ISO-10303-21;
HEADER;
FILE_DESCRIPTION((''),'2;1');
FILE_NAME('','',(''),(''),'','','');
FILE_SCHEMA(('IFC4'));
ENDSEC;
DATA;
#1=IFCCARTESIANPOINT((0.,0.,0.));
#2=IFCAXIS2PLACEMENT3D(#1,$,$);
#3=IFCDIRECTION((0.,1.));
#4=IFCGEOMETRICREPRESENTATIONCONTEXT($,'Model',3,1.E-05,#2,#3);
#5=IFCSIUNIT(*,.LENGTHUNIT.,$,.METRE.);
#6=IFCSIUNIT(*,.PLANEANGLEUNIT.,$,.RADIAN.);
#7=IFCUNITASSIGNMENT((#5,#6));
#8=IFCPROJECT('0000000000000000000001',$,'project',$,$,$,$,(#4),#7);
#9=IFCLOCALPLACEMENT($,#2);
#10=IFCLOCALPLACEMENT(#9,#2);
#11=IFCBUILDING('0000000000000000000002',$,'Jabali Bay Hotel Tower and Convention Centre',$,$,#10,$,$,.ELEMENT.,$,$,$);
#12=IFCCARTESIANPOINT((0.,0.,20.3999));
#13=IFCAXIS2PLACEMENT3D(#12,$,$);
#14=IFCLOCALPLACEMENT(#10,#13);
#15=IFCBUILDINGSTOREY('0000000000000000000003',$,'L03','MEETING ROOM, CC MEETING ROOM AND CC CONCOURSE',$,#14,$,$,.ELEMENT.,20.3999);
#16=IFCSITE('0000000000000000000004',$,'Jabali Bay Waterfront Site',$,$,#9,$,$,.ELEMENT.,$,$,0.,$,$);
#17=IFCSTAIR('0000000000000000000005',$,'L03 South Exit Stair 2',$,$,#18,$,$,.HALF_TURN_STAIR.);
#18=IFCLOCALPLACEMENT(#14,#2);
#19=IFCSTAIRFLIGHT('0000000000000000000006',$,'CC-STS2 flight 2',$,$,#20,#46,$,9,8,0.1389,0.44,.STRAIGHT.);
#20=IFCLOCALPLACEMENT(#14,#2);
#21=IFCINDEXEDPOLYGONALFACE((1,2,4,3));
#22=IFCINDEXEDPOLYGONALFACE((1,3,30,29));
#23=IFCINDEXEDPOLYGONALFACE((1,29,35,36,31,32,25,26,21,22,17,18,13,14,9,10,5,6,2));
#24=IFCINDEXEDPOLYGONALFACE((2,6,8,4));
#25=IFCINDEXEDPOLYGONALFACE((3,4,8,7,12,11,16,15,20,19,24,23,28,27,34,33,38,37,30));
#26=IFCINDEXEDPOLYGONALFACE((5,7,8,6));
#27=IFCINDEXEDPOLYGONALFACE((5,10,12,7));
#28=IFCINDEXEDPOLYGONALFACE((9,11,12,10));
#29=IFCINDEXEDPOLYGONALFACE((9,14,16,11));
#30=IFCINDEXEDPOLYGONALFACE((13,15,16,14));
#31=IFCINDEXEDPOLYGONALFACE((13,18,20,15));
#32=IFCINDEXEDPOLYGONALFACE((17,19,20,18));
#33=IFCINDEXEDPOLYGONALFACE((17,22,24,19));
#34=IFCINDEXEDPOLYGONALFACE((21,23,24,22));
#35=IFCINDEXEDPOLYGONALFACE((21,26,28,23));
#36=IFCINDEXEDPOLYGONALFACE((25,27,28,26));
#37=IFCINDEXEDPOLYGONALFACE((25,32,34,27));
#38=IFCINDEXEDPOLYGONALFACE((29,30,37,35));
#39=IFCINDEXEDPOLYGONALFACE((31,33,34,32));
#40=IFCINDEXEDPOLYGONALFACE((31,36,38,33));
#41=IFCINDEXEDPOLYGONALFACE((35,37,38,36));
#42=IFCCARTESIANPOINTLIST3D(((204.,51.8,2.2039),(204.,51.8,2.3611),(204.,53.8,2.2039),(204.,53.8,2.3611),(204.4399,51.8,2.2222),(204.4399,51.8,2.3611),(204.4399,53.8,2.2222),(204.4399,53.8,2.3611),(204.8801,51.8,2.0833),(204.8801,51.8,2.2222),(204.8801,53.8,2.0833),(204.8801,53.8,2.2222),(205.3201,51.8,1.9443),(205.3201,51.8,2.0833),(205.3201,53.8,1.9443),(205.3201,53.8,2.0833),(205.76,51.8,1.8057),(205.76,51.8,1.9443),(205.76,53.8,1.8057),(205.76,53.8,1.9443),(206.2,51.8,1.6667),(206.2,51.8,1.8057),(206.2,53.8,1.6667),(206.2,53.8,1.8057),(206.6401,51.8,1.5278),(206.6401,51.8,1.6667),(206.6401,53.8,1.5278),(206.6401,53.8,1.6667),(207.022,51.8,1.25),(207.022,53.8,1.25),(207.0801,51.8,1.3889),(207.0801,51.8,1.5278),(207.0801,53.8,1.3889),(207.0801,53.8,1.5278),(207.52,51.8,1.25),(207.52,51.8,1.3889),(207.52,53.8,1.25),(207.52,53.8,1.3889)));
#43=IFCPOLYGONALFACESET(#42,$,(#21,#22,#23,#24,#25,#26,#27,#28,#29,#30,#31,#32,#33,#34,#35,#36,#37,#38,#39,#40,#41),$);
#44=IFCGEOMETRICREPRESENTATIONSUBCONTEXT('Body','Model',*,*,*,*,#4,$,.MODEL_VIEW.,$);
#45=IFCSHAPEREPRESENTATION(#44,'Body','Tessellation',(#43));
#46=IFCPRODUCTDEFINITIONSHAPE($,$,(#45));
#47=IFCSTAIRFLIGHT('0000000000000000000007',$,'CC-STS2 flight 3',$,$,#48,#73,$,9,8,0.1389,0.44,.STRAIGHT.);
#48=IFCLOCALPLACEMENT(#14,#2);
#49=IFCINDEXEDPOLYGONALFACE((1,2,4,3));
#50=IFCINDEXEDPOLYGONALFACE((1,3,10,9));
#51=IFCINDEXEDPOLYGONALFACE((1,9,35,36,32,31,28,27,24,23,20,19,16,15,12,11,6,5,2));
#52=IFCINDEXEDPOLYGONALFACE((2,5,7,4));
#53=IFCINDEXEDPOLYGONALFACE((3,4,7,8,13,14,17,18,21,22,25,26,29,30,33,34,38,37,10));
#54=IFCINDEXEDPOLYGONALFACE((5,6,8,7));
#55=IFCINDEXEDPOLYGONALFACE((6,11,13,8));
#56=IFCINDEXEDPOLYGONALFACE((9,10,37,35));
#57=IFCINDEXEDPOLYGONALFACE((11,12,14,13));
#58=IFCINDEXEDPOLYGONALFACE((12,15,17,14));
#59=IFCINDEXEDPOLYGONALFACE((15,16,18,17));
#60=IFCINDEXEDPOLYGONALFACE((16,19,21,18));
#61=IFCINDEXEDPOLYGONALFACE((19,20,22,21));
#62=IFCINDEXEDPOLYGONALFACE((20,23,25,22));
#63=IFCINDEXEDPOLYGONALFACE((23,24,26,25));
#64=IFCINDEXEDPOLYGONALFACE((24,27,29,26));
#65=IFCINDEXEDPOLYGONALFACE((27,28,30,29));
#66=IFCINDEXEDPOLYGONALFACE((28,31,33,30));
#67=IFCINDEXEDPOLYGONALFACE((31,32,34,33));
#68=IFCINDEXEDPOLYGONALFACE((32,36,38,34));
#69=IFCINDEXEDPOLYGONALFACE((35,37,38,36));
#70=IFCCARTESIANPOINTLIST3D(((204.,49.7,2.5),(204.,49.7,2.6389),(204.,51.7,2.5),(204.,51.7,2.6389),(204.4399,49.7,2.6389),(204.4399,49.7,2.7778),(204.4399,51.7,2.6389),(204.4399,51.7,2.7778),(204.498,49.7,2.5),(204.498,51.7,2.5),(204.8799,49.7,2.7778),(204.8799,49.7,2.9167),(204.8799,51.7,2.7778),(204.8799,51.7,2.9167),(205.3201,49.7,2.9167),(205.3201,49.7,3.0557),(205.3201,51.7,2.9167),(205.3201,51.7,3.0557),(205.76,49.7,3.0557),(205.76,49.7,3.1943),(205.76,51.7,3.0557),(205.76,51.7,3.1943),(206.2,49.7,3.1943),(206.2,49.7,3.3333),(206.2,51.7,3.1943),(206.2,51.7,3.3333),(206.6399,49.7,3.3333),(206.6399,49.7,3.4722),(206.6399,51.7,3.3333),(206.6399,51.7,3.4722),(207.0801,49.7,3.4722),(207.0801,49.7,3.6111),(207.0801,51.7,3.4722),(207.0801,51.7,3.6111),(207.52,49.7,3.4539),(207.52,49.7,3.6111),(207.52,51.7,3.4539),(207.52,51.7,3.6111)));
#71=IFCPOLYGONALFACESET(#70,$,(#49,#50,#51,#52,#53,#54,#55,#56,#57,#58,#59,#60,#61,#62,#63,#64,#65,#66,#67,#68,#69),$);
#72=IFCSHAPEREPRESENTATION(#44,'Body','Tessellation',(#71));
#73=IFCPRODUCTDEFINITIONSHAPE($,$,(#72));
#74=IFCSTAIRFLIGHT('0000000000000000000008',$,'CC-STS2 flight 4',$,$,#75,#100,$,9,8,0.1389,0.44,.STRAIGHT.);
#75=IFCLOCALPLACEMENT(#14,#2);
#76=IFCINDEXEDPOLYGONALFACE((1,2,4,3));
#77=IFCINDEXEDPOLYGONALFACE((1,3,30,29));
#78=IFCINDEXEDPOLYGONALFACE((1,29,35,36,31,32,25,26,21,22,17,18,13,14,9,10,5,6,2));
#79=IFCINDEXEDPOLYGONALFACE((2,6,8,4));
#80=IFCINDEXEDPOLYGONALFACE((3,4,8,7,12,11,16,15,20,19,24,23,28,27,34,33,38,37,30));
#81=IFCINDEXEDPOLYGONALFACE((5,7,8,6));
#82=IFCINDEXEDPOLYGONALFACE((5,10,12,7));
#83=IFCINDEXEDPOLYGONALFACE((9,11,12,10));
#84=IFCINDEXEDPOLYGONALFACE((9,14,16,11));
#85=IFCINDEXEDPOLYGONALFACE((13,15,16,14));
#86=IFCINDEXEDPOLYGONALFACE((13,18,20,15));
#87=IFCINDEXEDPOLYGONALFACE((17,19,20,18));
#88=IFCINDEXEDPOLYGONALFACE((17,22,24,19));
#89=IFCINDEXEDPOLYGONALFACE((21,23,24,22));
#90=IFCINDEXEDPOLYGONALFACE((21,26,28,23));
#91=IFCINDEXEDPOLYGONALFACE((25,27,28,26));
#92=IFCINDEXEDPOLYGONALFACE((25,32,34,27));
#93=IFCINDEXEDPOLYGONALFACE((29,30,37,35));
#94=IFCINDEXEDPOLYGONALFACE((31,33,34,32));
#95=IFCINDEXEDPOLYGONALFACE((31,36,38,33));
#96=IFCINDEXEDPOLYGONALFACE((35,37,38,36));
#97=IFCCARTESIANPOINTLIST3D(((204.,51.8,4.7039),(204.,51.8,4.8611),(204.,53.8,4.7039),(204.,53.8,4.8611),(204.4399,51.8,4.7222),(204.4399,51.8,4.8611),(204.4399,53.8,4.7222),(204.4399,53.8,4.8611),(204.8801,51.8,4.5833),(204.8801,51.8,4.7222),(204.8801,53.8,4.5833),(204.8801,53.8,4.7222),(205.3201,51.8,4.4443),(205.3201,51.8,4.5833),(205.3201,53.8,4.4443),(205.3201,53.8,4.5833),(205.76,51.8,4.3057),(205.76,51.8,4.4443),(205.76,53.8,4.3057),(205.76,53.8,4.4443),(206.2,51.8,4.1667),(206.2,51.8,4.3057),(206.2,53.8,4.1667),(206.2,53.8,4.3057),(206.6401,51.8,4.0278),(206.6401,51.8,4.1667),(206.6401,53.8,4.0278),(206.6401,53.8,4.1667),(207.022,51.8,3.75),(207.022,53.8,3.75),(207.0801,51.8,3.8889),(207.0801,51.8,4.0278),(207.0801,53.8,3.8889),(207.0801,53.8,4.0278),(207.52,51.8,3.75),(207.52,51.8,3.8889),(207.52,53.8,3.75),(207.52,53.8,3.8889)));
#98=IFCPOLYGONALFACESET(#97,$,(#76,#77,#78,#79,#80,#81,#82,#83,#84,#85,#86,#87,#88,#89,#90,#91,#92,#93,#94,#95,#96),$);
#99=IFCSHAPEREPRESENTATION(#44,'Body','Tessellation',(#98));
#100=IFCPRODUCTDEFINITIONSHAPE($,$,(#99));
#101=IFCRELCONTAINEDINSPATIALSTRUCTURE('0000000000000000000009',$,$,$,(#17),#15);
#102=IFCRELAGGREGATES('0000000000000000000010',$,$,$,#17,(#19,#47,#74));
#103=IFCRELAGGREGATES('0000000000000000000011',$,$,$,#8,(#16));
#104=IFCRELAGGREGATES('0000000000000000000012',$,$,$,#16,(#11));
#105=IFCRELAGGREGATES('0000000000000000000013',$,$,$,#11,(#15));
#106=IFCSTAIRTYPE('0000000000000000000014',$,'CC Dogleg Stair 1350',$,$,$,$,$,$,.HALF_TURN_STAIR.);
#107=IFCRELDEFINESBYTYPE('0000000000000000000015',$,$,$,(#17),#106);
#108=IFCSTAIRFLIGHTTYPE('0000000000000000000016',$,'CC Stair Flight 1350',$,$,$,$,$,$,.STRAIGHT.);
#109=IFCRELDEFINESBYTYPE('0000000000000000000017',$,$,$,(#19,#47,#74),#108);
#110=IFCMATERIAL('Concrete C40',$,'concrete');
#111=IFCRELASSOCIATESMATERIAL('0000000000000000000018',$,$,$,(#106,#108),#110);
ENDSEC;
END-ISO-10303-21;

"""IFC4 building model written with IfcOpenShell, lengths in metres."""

from ifc_helpers import new_model, si_unit, direction, frame, origin, place, context, subcontext, project, spatial, polyline, outline, extrude, material, type_object, element, aggregate, save


model = new_model("IFC4")

# Units and contexts
model_context = context("Model", 3, precision=1e-05, world=origin(), true_north=direction((0.0, 1.0)))
body_context = subcontext(model_context, "Body", "Model", "MODEL_VIEW")
ifc_project = project(units=[si_unit("LENGTHUNIT", "METRE"), si_unit("PLANEANGLEUNIT", "RADIAN")], contexts=[model_context])

# Site, building, storey
site_placement = place(None, origin())
site = spatial("IfcSite", under=ifc_project, at=site_placement, Name="Jabali Bay Waterfront Site", CompositionType="ELEMENT", RefElevation=0.0)
building_placement = place(site_placement, origin())
building = spatial("IfcBuilding", under=site, at=building_placement, Name="Jabali Bay Hotel Tower and Convention Centre", CompositionType="ELEMENT")
storey_placement = place(building_placement, frame((0.0, 0.0, 20.3999)))
storey = spatial("IfcBuildingStorey", under=building, at=storey_placement, Name="L03", Description="MEETING ROOM, CC MEETING ROOM AND CC CONCOURSE", CompositionType="ELEMENT", Elevation=20.3999)

# Shared definitions
ifc_material_1 = material(Name="Concrete C40", Category="concrete")

# Stair, stair flights
stair_type = type_object("IfcStairType", Name="CC Dogleg Stair 1350", PredefinedType="HALF_TURN_STAIR", material=ifc_material_1)
stair_placement = place(storey_placement, origin())
stair = element("IfcStair", 1, at=stair_placement, inside=storey, type_object=stair_type, Name="L03 South Exit Stair 2", PredefinedType="HALF_TURN_STAIR")
stair_flight_type = type_object("IfcStairFlightType", Name="CC Stair Flight 1350", PredefinedType="STRAIGHT", material=ifc_material_1)
stair_flight_1_placement = place(storey_placement, frame((207.52, 52.8, 1.25), z_axis=(0.0, 0.0, 1.0), x_axis=(-1.0, 0.0, 0.0)))
stair_flight_1 = element("IfcStairFlight", 2, at=stair_flight_1_placement, type_object=stair_flight_type, Name="CC-STS2 flight 2", NumberOfRisers=9, NumberOfTreads=8, PredefinedType="STRAIGHT", RiserHeight=0.1389, TreadLength=0.44, context=body_context, shape_type="SweptSolid", body=[
    extrude(outline(polyline([(0.0, 0.0), (0.0, 0.1389), (0.4399, 0.1389), (0.4399, 0.2778), (0.8799, 0.2778), (0.8799, 0.4167), (1.3201, 0.4167), (1.3201, 0.5557), (1.76, 0.5557), (1.76, 0.6943), (2.2, 0.6943), (2.2, 0.8333), (2.6399, 0.8333), (2.6399, 0.9722), (3.0801, 0.9722), (3.0801, 1.1111), (3.52, 1.1111), (3.52, 1.25), (3.52, 0.9539), (0.498, 0.0), (0.0, 0.0)])), frame((0.0, 1.0, 0.0), z_axis=(0.0, -1.0, 0.0), x_axis=(1.0, 0.0, 0.0)), (0.0, 0.0, 1.0), 2.0),
])
stair_flight_2_placement = place(storey_placement, frame((204.0, 50.7, 2.5), z_axis=(0.0, 0.0, 1.0), x_axis=(1.0, 0.0, 0.0)))
stair_flight_2 = element("IfcStairFlight", 3, at=stair_flight_2_placement, type_object=stair_flight_type, Name="CC-STS2 flight 3", NumberOfRisers=9, NumberOfTreads=8, PredefinedType="STRAIGHT", RiserHeight=0.1389, TreadLength=0.44, context=body_context, shape_type="SweptSolid", body=[
    extrude(outline(polyline([(0.0, 0.0), (0.0, 0.1389), (0.4399, 0.1389), (0.4399, 0.2778), (0.8799, 0.2778), (0.8799, 0.4167), (1.3201, 0.4167), (1.3201, 0.5557), (1.76, 0.5557), (1.76, 0.6943), (2.2, 0.6943), (2.2, 0.8333), (2.6399, 0.8333), (2.6399, 0.9722), (3.0801, 0.9722), (3.0801, 1.1111), (3.52, 1.1111), (3.52, 1.25), (3.52, 0.9539), (0.498, 0.0), (0.0, 0.0)])), frame((0.0, 1.0, 0.0), z_axis=(0.0, -1.0, 0.0), x_axis=(1.0, 0.0, 0.0)), (0.0, 0.0, 1.0), 2.0),
])
stair_flight_3_placement = place(storey_placement, frame((207.52, 52.8, 3.75), z_axis=(0.0, 0.0, 1.0), x_axis=(-1.0, 0.0, 0.0)))
stair_flight_3 = element("IfcStairFlight", 4, at=stair_flight_3_placement, type_object=stair_flight_type, Name="CC-STS2 flight 4", NumberOfRisers=9, NumberOfTreads=8, PredefinedType="STRAIGHT", RiserHeight=0.1389, TreadLength=0.44, context=body_context, shape_type="SweptSolid", body=[
    extrude(outline(polyline([(0.0, 0.0), (0.0, 0.1389), (0.4399, 0.1389), (0.4399, 0.2778), (0.8799, 0.2778), (0.8799, 0.4167), (1.3201, 0.4167), (1.3201, 0.5557), (1.76, 0.5557), (1.76, 0.6943), (2.2, 0.6943), (2.2, 0.8333), (2.6399, 0.8333), (2.6399, 0.9722), (3.0801, 0.9722), (3.0801, 1.1111), (3.52, 1.1111), (3.52, 1.25), (3.52, 0.9539), (0.498, 0.0), (0.0, 0.0)])), frame((0.0, 1.0, 0.0), z_axis=(0.0, -1.0, 0.0), x_axis=(1.0, 0.0, 0.0)), (0.0, 0.0, 1.0), 2.0),
])
aggregate(stair, [stair_flight_1, stair_flight_2, stair_flight_3])

save(model, "model.ifc")
